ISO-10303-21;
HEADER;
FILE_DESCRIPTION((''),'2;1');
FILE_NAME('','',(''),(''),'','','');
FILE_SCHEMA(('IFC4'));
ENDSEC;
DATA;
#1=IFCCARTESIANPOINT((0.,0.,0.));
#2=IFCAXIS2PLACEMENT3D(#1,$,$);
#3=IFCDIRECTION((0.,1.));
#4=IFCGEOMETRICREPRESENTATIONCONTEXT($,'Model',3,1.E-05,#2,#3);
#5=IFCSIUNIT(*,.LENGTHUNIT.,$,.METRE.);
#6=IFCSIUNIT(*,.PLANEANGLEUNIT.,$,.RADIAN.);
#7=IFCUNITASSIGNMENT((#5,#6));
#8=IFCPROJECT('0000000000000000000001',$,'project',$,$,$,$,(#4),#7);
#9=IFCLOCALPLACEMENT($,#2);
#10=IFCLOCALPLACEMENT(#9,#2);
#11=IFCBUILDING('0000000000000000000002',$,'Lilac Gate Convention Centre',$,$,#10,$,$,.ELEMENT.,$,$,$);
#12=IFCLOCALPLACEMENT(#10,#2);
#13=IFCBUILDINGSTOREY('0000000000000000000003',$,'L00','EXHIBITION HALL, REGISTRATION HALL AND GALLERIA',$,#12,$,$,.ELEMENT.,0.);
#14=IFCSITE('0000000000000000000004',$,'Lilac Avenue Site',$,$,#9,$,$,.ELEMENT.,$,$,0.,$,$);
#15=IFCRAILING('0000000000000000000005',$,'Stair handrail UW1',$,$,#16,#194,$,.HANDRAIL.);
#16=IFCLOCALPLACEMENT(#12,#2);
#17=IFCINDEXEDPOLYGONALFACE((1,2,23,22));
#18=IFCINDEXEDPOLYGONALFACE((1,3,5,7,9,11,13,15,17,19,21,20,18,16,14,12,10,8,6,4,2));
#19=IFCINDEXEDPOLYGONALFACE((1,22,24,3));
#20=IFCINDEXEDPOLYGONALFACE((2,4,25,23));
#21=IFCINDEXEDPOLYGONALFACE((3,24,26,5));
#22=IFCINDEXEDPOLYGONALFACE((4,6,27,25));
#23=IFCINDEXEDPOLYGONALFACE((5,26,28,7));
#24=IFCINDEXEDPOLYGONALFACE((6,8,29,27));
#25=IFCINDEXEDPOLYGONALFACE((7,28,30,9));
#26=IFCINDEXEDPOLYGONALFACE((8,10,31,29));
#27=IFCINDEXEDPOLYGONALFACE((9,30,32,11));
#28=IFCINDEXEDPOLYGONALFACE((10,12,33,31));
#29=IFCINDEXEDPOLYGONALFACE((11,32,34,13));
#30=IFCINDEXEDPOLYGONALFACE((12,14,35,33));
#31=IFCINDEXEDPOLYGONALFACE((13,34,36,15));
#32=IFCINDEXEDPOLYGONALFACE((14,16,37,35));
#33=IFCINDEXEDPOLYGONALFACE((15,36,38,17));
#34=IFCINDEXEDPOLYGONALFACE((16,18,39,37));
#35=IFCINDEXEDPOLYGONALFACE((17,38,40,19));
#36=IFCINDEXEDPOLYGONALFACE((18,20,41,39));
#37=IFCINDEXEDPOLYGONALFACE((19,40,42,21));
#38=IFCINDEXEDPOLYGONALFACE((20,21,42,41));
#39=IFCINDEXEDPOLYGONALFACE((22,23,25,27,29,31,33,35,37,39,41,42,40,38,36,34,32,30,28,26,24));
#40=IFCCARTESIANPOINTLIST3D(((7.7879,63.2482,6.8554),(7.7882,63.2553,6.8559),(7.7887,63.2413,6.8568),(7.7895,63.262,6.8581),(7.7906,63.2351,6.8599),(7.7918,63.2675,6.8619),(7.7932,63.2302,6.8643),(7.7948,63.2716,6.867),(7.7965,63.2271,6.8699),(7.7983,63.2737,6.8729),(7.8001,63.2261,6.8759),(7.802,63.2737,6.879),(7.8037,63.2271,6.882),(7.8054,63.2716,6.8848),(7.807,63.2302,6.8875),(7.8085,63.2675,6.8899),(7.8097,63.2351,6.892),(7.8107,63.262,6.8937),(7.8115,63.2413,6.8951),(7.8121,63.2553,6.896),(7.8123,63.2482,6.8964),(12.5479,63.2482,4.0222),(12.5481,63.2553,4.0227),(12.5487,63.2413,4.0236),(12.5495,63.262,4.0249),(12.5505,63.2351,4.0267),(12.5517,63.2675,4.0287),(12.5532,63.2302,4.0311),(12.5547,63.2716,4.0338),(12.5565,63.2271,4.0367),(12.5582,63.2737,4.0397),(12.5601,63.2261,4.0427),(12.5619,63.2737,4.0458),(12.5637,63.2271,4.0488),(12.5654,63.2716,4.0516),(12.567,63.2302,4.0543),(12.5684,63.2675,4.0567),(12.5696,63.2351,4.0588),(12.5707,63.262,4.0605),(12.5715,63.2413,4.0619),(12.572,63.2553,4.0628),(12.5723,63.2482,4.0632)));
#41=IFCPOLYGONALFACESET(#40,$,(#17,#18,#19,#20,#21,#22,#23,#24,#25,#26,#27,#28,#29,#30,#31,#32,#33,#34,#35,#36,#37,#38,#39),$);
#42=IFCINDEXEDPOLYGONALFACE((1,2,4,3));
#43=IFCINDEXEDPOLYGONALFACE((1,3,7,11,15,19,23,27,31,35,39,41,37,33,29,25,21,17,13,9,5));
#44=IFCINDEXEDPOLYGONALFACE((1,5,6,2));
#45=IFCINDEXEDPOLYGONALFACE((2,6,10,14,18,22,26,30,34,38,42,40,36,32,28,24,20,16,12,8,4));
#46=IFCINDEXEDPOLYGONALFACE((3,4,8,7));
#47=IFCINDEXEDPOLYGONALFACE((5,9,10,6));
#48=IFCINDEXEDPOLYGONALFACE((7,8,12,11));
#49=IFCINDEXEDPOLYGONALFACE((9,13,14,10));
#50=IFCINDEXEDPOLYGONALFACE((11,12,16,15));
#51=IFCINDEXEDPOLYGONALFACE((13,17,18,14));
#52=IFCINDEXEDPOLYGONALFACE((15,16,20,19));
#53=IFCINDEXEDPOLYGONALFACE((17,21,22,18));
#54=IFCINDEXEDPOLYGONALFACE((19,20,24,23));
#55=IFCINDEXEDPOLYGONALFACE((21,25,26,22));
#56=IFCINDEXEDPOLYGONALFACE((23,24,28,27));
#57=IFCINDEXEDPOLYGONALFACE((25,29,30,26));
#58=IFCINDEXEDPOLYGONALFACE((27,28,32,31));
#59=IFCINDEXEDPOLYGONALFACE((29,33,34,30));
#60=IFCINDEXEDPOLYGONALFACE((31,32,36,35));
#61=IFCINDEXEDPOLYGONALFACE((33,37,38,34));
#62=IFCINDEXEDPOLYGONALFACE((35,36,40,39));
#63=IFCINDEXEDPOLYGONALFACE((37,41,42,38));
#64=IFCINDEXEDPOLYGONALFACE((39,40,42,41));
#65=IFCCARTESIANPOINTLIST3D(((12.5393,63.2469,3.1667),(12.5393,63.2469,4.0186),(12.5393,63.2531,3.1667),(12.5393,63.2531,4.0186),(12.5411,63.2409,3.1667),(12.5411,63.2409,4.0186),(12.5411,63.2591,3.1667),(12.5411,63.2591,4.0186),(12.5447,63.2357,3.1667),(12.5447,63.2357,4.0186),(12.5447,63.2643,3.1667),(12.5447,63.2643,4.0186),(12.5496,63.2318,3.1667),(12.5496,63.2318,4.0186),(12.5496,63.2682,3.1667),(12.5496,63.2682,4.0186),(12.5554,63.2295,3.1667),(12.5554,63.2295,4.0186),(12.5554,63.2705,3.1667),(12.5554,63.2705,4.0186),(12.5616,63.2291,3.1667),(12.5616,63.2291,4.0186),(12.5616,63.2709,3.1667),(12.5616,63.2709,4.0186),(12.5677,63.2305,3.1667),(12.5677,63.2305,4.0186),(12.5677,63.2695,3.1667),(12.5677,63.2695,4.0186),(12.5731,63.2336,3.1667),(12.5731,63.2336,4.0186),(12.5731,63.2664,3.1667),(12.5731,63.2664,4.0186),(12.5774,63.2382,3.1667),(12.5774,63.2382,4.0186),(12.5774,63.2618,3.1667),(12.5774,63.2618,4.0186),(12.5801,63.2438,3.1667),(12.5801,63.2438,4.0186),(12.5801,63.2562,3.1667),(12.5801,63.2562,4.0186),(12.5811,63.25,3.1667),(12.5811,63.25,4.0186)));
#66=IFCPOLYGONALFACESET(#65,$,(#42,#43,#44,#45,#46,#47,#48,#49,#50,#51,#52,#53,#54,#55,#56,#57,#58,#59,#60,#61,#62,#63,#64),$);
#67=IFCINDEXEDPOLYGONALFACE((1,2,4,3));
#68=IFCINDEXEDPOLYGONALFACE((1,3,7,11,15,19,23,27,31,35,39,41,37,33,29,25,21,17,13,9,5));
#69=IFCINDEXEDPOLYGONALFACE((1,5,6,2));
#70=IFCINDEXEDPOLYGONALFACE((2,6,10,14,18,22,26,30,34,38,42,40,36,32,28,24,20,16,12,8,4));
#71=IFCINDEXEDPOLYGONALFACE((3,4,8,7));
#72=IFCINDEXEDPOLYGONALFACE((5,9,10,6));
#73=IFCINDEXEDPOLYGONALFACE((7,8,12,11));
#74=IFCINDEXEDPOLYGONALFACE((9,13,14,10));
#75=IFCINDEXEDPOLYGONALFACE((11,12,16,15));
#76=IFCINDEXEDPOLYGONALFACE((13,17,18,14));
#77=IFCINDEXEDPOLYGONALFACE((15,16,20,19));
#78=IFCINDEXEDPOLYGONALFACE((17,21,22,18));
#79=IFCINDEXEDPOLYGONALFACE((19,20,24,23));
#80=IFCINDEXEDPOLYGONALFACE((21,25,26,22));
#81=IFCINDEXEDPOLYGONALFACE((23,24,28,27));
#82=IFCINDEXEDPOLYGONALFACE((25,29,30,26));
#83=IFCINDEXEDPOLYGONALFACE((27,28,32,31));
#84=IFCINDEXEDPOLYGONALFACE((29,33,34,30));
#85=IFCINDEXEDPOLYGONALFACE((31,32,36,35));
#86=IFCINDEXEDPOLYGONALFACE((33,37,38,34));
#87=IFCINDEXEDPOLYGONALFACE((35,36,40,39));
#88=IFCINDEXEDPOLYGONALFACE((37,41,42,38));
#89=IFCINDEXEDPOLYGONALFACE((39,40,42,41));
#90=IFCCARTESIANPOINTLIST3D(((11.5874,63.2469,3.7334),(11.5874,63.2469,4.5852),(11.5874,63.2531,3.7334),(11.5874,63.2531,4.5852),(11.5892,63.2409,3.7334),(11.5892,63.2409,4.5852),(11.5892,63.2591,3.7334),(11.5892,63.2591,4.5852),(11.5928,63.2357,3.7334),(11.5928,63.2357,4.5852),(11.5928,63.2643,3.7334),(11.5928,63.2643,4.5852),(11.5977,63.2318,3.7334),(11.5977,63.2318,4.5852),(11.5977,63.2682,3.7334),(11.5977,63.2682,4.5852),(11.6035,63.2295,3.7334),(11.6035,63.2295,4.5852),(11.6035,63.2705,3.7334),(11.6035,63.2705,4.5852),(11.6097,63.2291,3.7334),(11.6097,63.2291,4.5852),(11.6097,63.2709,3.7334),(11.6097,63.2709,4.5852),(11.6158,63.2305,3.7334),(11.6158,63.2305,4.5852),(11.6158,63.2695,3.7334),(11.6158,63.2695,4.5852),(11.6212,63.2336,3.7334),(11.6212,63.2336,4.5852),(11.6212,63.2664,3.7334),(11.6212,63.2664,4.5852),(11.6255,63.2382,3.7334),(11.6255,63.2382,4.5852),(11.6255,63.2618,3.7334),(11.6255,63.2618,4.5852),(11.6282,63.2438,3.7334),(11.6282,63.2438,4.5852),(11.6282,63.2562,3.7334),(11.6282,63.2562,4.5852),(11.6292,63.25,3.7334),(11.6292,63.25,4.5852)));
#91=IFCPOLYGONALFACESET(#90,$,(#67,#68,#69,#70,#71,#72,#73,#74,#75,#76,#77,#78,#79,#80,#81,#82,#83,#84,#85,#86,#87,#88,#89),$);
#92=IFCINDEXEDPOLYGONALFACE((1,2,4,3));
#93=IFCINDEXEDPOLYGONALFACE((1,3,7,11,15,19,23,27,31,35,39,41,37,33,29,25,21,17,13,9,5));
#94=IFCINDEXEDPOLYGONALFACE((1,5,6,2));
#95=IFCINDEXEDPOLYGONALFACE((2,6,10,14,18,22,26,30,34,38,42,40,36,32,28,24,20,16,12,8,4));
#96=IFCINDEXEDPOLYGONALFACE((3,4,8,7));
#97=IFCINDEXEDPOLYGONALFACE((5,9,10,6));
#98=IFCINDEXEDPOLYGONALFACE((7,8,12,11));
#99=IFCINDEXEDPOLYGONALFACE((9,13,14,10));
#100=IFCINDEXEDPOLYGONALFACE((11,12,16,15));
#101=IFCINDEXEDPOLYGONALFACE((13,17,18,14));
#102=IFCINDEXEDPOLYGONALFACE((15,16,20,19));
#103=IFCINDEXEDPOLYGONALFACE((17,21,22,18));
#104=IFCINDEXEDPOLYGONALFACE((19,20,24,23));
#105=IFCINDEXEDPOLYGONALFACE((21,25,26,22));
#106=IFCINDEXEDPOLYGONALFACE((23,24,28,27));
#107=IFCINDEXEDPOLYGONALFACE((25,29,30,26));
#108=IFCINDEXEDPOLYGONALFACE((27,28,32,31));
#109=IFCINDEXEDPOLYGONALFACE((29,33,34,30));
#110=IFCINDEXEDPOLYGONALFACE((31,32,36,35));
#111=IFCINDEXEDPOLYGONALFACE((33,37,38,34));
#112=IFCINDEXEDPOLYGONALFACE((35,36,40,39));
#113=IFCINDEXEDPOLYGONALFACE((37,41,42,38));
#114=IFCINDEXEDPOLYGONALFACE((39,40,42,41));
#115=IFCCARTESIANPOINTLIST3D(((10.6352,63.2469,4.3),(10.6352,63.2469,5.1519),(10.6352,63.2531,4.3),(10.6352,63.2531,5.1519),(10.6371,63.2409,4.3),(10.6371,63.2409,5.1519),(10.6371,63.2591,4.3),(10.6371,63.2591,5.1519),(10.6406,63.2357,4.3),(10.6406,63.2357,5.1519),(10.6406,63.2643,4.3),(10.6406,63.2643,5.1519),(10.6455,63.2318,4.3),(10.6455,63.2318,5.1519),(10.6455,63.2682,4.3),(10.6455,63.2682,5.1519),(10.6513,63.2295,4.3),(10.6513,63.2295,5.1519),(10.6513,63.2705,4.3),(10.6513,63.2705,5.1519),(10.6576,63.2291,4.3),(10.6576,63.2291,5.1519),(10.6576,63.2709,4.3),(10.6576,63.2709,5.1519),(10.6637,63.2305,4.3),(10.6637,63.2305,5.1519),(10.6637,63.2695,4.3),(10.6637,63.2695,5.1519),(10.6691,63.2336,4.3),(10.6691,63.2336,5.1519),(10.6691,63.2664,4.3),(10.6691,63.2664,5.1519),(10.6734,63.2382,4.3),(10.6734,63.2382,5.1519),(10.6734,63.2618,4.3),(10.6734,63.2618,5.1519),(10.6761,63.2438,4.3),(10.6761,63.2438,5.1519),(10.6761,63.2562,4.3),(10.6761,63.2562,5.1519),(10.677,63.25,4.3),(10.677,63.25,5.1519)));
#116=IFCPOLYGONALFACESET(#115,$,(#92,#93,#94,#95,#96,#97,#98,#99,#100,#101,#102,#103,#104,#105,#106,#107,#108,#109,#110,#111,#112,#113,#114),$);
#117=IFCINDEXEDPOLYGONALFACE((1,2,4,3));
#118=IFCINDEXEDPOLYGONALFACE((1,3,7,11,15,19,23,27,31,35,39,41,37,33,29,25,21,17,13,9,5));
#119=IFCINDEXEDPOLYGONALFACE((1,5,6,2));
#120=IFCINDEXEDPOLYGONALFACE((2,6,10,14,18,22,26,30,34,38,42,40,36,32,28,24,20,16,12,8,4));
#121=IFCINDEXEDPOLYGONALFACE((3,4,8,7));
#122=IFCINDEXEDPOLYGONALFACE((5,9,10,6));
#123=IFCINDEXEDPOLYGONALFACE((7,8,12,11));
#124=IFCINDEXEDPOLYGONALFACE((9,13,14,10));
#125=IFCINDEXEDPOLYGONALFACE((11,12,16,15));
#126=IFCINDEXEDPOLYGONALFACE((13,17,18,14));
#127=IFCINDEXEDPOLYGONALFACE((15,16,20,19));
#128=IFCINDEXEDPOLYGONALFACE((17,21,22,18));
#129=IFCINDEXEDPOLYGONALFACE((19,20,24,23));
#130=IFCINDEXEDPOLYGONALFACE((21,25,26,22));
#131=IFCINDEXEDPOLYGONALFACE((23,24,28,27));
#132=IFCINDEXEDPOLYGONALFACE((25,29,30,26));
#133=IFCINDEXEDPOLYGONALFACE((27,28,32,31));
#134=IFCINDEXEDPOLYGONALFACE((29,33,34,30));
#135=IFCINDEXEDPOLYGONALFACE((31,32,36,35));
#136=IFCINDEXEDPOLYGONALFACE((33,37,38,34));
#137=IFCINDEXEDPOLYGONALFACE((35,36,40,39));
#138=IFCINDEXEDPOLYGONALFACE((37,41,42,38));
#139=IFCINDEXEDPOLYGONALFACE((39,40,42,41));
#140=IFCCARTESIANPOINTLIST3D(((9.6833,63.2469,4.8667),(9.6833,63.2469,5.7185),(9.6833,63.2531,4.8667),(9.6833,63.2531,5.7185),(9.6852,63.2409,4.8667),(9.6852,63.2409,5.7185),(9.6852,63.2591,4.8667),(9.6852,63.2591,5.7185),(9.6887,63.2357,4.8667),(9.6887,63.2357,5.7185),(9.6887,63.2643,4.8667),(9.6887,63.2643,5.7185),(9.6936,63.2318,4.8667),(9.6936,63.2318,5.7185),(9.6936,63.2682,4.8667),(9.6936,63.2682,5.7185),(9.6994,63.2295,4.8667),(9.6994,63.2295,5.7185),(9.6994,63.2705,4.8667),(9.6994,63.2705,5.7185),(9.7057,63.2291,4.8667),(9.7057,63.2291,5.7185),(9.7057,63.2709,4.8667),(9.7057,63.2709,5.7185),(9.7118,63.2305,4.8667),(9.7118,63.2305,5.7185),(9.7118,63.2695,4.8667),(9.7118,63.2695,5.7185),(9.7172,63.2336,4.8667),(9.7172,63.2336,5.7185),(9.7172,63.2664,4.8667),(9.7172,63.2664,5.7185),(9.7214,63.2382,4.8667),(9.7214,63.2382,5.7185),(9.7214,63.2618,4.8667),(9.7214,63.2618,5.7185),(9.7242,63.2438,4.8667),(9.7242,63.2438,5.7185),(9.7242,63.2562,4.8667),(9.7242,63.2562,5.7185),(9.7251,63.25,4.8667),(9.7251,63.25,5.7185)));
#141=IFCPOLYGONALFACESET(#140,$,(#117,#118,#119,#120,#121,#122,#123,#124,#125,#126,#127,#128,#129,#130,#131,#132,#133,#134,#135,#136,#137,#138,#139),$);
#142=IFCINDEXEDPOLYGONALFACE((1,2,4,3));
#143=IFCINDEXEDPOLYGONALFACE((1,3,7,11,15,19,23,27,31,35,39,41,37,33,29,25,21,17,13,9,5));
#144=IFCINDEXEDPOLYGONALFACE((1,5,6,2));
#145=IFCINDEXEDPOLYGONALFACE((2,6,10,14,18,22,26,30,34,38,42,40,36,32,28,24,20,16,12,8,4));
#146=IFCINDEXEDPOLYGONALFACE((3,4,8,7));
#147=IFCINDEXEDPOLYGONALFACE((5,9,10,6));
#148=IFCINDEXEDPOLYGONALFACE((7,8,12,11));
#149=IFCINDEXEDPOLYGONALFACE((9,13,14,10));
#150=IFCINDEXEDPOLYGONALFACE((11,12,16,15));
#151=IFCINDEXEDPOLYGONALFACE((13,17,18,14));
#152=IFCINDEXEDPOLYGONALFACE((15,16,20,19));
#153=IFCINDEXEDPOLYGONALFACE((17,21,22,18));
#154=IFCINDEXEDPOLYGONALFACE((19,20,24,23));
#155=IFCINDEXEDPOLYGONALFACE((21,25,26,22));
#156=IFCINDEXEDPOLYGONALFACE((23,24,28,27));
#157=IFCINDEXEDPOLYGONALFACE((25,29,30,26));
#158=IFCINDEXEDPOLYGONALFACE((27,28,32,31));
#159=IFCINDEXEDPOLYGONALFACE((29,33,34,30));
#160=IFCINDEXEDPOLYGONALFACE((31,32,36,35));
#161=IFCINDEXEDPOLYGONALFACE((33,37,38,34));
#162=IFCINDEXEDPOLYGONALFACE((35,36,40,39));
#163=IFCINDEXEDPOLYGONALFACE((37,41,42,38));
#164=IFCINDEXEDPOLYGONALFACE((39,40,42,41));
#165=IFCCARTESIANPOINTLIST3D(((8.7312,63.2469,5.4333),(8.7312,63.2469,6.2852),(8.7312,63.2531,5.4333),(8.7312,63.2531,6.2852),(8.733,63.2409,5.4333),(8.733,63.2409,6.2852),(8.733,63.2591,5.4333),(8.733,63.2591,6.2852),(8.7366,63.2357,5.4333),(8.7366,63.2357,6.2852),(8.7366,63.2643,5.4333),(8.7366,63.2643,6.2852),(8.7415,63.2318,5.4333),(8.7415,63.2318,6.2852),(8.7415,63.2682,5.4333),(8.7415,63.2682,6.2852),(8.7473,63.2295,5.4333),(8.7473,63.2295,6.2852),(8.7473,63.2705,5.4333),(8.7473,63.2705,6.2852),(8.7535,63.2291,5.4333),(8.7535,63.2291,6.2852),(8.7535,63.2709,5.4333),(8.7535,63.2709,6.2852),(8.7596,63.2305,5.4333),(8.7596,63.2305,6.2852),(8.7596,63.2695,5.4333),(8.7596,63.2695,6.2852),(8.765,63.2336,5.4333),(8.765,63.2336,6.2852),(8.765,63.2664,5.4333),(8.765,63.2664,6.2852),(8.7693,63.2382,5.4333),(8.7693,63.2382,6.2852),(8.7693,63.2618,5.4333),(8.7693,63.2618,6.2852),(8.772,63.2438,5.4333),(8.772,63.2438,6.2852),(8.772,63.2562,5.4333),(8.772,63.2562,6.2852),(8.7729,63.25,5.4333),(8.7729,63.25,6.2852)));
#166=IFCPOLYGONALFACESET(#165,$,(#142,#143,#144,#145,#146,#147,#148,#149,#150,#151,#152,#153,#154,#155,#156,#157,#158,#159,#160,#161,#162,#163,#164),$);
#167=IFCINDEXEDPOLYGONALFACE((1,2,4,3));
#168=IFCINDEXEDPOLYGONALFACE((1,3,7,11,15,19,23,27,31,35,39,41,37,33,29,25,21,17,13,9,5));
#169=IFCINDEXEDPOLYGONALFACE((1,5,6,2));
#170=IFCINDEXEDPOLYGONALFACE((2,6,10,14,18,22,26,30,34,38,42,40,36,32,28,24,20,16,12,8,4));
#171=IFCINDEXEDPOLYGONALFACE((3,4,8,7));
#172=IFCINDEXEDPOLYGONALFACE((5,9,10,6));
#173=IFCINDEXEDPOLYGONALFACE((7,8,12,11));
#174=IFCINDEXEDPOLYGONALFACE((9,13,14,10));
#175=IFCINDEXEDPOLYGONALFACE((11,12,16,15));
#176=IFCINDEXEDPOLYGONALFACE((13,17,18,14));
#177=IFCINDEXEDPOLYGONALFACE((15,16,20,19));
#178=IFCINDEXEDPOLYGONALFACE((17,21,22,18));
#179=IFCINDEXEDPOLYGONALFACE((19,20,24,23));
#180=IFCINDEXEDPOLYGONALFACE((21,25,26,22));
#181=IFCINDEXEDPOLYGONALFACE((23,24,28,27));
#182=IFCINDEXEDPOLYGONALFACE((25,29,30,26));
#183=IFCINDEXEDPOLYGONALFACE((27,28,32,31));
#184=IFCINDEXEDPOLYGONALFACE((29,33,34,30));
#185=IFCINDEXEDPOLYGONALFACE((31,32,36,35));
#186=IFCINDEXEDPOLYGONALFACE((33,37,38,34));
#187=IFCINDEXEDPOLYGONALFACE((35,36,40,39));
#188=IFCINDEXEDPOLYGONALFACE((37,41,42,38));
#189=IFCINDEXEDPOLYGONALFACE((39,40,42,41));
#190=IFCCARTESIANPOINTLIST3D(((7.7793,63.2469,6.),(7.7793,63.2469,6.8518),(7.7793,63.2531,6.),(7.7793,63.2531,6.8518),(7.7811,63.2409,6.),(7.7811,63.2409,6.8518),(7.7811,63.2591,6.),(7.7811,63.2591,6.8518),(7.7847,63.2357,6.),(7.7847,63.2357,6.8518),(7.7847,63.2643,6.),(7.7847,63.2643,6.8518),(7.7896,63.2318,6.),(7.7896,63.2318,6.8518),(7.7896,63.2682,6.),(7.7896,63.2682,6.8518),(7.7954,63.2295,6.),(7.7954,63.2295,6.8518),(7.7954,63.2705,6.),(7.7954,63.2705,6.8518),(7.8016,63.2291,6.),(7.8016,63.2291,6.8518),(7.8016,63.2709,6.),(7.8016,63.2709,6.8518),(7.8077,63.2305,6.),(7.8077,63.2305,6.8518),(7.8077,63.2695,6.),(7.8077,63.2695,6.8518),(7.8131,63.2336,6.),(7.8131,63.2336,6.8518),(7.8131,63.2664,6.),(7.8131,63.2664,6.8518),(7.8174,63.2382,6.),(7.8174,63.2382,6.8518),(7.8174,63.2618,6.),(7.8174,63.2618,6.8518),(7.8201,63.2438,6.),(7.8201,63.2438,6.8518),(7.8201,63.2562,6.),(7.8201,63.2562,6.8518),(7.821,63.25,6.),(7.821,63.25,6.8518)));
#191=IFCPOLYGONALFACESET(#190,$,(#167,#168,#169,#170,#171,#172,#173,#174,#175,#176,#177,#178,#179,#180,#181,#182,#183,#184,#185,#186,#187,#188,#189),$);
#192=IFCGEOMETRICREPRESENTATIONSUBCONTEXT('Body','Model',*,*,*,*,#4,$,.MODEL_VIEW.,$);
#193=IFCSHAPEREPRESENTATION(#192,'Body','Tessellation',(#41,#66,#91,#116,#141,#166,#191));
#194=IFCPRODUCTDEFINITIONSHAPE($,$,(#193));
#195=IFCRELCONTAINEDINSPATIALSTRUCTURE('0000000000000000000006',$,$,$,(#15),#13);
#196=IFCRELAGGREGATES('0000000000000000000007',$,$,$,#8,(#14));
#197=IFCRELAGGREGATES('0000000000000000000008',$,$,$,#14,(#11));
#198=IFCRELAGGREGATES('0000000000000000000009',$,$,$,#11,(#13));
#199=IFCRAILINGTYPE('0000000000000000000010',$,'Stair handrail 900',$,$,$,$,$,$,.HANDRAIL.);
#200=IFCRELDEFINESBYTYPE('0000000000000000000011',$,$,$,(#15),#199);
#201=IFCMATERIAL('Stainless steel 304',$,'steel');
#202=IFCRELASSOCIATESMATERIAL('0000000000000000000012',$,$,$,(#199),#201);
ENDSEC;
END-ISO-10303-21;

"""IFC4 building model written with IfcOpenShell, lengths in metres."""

from ifc_helpers import new_model, si_unit, direction, frame, origin, origin_2d, place, context, subcontext, project, spatial, circle, extrude, material, type_object, element, save


model = new_model("IFC4")

# Units and contexts
model_context = context("Model", 3, precision=1e-05, world=origin(), true_north=direction((0.0, 1.0)))
body_context = subcontext(model_context, "Body", "Model", "MODEL_VIEW")
ifc_project = project(units=[si_unit("LENGTHUNIT", "METRE"), si_unit("PLANEANGLEUNIT", "RADIAN")], contexts=[model_context])

# Site, building, storey
site_placement = place(None, origin())
site = spatial("IfcSite", under=ifc_project, at=site_placement, Name="Lilac Avenue Site", CompositionType="ELEMENT", RefElevation=0.0)
building_placement = place(site_placement, origin())
building = spatial("IfcBuilding", under=site, at=building_placement, Name="Lilac Gate Convention Centre", CompositionType="ELEMENT")
storey_placement = place(building_placement, origin())
storey = spatial("IfcBuildingStorey", under=building, at=storey_placement, Name="L00", Description="EXHIBITION HALL, REGISTRATION HALL AND GALLERIA", CompositionType="ELEMENT", Elevation=0.0)

# Railing
ifc_material_1 = material(Name="Stainless steel 304", Category="steel")
railing_type = type_object("IfcRailingType", Name="Stair handrail 900", PredefinedType="HANDRAIL", material=ifc_material_1)
for number, where, name in (
    (1, (12.5601, 63.25, 3.1667), "Stair handrail UW1"),
):
    element("IfcRailing", number, at=place(storey_placement, frame(where)), inside=storey, type_object=railing_type, Name=name, PredefinedType="HANDRAIL", context=body_context, shape_type="SweptSolid", body=[
        extrude(circle(Radius=0.0239, at=origin_2d()), frame((0.0, 0.0, 0.876), z_axis=(-0.8593, 0.0, 0.511472), x_axis=(0.0, -1.0, 0.0)), (0.0, 0.0, 1.0), 5.5393),
        extrude(circle(Radius=0.021, at=origin_2d()), origin(), (0.0, 0.0, 1.0), 0.8518),
        extrude(circle(Radius=0.021, at=origin_2d()), frame((-0.9519, 0.0, 0.5667)), (0.0, 0.0, 1.0), 0.8518),
        extrude(circle(Radius=0.021, at=origin_2d()), frame((-1.9041, 0.0, 1.1333)), (0.0, 0.0, 1.0), 0.8518),
        extrude(circle(Radius=0.021, at=origin_2d()), frame((-2.856, 0.0, 1.7)), (0.0, 0.0, 1.0), 0.8518),
        extrude(circle(Radius=0.021, at=origin_2d()), frame((-3.8081, 0.0, 2.2666)), (0.0, 0.0, 1.0), 0.8518),
        extrude(circle(Radius=0.021, at=origin_2d()), frame((-4.76, 0.0, 2.8333)), (0.0, 0.0, 1.0), 0.8518),
    ])

save(model, "model.ifc")
